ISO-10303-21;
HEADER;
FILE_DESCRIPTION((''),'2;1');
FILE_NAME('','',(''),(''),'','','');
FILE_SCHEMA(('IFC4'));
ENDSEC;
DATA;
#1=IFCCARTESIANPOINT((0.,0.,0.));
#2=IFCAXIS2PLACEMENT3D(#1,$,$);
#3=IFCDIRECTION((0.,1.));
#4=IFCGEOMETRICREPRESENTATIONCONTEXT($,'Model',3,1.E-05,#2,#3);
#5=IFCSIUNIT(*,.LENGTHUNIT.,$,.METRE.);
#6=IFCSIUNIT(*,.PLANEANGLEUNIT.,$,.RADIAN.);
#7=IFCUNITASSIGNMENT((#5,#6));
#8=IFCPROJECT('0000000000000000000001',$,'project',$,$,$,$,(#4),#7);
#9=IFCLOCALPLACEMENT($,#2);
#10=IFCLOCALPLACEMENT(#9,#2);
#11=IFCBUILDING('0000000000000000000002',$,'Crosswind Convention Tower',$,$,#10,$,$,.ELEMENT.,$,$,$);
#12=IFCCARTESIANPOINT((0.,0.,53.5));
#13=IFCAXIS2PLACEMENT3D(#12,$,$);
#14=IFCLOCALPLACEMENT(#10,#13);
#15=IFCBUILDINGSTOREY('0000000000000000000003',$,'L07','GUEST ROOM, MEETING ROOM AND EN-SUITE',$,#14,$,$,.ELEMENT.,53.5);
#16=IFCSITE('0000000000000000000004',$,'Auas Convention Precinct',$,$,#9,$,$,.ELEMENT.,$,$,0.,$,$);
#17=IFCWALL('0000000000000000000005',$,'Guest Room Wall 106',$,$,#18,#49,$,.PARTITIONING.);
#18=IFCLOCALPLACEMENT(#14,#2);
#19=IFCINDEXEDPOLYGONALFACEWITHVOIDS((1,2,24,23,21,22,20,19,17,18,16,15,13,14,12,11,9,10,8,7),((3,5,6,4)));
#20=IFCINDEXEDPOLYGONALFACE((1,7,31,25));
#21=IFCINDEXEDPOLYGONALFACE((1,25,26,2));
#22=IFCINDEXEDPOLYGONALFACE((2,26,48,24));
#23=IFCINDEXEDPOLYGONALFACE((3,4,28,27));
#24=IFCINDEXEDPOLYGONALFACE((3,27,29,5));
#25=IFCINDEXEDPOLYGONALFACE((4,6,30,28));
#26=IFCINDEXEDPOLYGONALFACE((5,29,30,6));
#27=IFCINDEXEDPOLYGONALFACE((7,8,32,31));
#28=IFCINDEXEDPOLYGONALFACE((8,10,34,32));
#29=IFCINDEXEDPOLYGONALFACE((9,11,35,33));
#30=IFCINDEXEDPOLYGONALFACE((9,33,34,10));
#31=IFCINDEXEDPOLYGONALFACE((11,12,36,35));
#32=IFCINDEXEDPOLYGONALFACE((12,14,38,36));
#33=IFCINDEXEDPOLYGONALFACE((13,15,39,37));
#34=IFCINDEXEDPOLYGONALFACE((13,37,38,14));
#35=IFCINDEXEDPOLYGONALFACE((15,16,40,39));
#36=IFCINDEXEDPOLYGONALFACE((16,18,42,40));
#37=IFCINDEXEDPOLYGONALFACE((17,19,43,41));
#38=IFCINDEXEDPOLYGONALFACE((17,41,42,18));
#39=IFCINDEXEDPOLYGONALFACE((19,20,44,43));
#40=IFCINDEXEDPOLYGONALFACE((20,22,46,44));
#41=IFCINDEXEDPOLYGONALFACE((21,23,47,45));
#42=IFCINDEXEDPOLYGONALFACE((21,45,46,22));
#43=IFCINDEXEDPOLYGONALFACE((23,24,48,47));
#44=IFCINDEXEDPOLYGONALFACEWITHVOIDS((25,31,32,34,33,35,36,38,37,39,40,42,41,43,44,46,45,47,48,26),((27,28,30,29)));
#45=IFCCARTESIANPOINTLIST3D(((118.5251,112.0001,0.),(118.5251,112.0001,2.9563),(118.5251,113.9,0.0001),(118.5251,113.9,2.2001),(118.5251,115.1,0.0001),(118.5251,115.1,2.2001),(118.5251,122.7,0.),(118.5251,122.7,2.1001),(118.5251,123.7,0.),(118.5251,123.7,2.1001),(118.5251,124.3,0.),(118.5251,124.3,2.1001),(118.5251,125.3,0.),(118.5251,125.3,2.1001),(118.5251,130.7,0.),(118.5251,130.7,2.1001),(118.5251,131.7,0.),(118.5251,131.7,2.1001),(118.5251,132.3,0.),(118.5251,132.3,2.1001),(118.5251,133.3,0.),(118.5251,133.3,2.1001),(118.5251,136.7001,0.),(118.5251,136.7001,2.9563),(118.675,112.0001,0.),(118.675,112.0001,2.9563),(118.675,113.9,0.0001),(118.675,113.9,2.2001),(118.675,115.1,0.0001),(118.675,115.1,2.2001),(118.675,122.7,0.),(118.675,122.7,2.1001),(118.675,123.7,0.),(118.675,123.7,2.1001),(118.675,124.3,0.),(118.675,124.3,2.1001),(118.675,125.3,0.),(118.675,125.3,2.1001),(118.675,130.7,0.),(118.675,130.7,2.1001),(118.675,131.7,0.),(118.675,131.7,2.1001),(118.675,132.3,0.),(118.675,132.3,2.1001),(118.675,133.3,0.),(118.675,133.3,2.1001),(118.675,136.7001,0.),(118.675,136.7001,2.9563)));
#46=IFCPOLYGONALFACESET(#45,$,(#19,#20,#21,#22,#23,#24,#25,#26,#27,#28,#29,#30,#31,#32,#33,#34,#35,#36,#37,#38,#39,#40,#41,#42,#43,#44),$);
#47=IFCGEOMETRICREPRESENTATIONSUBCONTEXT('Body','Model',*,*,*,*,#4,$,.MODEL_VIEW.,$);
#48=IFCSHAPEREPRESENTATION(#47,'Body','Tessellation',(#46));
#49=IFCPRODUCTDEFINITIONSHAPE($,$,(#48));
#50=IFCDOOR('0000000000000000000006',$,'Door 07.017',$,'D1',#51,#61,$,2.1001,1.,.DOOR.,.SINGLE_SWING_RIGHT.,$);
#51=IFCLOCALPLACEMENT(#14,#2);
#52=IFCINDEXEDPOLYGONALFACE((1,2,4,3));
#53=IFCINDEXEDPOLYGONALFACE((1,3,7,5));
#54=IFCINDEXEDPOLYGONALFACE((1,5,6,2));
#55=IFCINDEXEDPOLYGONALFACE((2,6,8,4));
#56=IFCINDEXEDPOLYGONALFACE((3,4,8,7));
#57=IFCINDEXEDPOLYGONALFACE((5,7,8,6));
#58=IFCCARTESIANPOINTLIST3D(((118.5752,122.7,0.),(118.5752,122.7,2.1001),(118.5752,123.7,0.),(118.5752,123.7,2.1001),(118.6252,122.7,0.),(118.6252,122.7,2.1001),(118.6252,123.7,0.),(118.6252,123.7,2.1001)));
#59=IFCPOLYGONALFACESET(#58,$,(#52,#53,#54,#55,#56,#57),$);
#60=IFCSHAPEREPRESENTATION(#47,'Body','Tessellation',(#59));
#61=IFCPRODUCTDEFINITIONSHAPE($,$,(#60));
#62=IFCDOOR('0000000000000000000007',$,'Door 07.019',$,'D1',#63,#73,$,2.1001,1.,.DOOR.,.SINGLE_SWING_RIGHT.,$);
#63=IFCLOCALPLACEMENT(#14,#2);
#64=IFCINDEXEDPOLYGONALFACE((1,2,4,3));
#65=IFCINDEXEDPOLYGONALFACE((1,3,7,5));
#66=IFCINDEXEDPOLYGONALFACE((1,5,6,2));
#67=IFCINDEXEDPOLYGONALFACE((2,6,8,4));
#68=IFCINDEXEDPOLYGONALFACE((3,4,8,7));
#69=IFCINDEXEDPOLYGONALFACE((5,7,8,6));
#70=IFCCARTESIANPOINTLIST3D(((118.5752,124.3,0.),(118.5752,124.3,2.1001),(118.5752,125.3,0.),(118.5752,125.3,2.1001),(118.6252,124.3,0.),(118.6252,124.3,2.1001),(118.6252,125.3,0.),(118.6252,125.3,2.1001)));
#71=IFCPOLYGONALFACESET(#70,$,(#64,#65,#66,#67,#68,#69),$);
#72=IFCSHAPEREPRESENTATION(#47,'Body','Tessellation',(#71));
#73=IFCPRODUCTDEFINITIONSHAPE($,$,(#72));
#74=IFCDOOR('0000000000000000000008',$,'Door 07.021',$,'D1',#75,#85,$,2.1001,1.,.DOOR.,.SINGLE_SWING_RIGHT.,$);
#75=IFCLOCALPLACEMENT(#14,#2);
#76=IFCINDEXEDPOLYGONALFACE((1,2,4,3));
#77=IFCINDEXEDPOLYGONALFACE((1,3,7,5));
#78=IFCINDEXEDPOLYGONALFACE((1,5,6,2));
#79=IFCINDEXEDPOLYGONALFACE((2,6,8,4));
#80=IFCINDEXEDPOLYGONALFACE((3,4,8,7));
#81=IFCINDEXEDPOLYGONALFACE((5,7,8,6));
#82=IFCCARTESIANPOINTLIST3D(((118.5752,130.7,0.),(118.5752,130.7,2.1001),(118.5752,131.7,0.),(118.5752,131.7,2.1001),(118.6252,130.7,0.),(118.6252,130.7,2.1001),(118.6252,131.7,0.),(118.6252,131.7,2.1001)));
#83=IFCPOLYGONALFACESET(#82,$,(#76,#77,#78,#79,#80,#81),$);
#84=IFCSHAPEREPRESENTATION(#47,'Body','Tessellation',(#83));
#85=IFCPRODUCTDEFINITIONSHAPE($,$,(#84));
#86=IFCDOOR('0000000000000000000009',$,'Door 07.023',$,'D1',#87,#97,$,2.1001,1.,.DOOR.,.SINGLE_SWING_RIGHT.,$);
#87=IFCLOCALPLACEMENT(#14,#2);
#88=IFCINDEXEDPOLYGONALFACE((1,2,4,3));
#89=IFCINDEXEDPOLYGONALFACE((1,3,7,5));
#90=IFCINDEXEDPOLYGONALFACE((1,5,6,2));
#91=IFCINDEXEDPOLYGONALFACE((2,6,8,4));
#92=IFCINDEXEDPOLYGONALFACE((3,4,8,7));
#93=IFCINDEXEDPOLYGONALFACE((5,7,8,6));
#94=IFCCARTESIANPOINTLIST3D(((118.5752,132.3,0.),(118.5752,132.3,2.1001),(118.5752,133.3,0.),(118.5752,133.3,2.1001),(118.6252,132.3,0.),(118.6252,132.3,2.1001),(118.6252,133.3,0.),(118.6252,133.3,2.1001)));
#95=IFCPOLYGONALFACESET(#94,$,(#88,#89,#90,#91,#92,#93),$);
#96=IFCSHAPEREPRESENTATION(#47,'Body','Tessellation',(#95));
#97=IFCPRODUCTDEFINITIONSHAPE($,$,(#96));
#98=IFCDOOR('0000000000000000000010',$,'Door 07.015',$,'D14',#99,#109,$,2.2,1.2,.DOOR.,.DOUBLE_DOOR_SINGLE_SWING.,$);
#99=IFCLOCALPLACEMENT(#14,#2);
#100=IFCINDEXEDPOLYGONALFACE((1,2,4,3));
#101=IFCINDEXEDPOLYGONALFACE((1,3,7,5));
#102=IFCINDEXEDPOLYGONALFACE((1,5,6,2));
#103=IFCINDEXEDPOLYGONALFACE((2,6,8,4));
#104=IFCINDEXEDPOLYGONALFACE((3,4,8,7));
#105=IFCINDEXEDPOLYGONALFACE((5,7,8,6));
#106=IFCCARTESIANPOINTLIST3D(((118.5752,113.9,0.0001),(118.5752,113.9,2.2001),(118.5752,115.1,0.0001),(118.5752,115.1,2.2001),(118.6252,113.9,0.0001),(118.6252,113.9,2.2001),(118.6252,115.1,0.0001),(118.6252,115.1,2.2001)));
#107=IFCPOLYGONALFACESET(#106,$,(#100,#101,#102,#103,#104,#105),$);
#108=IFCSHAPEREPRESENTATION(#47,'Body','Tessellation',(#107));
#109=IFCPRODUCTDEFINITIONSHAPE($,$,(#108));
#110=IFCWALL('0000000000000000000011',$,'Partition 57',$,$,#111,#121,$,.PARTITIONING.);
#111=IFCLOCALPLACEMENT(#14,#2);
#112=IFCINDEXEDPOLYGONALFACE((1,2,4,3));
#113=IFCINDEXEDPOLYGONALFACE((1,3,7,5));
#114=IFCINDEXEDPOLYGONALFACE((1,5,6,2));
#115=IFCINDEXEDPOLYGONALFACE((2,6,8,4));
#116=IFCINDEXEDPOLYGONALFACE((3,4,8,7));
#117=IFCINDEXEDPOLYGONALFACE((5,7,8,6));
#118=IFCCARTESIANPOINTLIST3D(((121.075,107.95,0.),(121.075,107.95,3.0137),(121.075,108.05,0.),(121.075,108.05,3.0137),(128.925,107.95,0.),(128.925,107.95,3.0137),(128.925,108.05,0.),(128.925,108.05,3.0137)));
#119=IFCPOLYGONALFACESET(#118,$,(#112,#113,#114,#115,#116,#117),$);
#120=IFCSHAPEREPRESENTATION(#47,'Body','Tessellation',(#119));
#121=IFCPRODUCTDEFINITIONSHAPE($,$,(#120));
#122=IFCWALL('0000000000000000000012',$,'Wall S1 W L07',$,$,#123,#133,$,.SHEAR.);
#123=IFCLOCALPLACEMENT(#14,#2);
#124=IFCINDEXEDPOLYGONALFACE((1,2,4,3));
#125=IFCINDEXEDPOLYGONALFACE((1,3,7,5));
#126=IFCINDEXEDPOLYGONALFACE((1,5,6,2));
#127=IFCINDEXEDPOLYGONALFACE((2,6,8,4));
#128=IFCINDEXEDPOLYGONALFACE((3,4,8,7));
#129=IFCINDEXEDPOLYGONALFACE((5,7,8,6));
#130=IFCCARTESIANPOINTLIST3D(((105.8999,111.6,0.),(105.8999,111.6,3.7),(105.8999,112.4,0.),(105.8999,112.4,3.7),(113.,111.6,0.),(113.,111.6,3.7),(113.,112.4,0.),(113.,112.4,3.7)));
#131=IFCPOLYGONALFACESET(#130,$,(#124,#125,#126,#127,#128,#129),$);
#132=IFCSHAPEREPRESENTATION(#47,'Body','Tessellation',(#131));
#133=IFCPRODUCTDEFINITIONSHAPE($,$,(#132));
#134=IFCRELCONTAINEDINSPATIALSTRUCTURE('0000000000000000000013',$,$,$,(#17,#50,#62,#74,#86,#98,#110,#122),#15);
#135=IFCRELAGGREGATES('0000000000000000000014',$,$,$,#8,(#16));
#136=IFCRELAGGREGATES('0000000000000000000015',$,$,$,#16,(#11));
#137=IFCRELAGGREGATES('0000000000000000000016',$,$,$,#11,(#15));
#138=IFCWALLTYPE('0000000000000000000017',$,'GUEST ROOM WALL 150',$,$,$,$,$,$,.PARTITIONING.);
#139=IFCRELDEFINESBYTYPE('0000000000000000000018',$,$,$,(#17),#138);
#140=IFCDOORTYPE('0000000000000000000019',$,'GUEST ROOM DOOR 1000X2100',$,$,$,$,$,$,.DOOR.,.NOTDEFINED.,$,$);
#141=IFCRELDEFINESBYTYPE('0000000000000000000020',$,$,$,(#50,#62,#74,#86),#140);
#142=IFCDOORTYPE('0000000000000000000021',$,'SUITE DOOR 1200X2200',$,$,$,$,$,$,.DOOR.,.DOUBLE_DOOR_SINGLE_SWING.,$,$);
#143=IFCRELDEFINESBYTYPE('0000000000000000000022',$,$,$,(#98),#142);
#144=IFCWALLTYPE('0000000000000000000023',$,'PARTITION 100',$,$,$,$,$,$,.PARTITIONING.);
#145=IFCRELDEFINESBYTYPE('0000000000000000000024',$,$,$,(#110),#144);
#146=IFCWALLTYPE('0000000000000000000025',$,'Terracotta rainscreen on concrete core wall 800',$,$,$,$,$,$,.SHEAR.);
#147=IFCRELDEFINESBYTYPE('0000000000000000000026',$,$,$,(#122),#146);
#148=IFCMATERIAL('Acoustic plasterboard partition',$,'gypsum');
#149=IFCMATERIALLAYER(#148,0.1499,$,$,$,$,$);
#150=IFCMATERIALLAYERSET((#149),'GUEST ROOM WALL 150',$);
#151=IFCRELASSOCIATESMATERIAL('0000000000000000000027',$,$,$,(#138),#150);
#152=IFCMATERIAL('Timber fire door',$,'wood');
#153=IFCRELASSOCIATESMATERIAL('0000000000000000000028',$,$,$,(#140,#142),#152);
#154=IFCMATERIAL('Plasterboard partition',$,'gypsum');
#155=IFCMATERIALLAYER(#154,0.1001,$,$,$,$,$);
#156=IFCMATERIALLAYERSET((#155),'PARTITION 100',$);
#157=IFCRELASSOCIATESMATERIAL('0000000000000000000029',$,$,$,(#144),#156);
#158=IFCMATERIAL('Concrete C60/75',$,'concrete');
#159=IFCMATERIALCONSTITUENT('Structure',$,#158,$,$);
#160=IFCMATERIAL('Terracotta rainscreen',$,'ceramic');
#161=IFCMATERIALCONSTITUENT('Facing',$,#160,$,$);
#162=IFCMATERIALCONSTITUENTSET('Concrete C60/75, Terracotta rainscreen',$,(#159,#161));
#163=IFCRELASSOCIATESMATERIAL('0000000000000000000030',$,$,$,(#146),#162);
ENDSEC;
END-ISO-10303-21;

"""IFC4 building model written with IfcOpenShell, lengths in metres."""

from ifc_helpers import new_model, si_unit, direction, frame, frame_2d, origin, place, context, subcontext, project, spatial, rectangle, extrude, material, layer, layer_set, constituent, constituent_set, type_object, element, fill, save


model = new_model("IFC4")

# Units and contexts
model_context = context("Model", 3, precision=1e-05, world=origin(), true_north=direction((0.0, 1.0)))
body_context = subcontext(model_context, "Body", "Model", "MODEL_VIEW")
ifc_project = project(units=[si_unit("LENGTHUNIT", "METRE"), si_unit("PLANEANGLEUNIT", "RADIAN")], contexts=[model_context])

# Site, building, storey
site_placement = place(None, origin())
site = spatial("IfcSite", under=ifc_project, at=site_placement, Name="Auas Convention Precinct", CompositionType="ELEMENT", RefElevation=0.0)
building_placement = place(site_placement, origin())
building = spatial("IfcBuilding", under=site, at=building_placement, Name="Crosswind Convention Tower", CompositionType="ELEMENT")
storey_placement = place(building_placement, frame((0.0, 0.0, 53.5)))
storey = spatial("IfcBuildingStorey", under=building, at=storey_placement, Name="L07", Description="GUEST ROOM, MEETING ROOM AND EN-SUITE", CompositionType="ELEMENT", Elevation=53.5)

# Shared definitions
ifc_material_1 = material(Name="Plasterboard partition", Category="gypsum")

# Shared definitions
ifc_material_2 = material(Name="Timber fire door", Category="wood")

# Shared definitions
ifc_material_3 = material(Name="Acoustic plasterboard partition", Category="gypsum")
ifc_layer_1 = layer(ifc_material_3, 0.1499)
ifc_layer_set_1 = layer_set([ifc_layer_1], Name="GUEST ROOM WALL 150")
wall_type_1 = type_object("IfcWallType", Name="GUEST ROOM WALL 150", PredefinedType="PARTITIONING", material=ifc_layer_set_1)

# Wall, openings, doors
wall_1_placement = place(storey_placement, frame((118.6001, 112.0, 0.0), z_axis=(0.0, 0.0, 1.0), x_axis=(0.0, 1.0, 0.0)))
wall_1 = element("IfcWall", 1, at=wall_1_placement, inside=storey, type_object=wall_type_1, Name="Guest Room Wall 106", PredefinedType="PARTITIONING", context=body_context, shape_type="SweptSolid", body=[
    extrude(rectangle(XDim=24.7, YDim=0.1499, at=frame_2d((12.3501, 0.0))), origin(), (0.0, 0.0, 1.0), 2.9563),
])
opening_1_placement = place(wall_1_placement, frame((1.8999, 0.0, 0.0)))
opening_1 = element("IfcOpeningElement", 2, at=opening_1_placement, cuts=wall_1, PredefinedType="OPENING", context=body_context, shape_type="SweptSolid", body=[
    extrude(rectangle(XDim=1.2, YDim=2.2, at=frame_2d((0.6001, 1.1001))), frame((0.0, 0.085, 0.0), z_axis=(0.0, -1.0, 0.0), x_axis=(1.0, 0.0, 0.0)), (0.0, 0.0, 1.0), 0.1699),
])
opening_2_placement = place(wall_1_placement, frame((10.7, 0.0, 0.0)))
opening_2 = element("IfcOpeningElement", 3, at=opening_2_placement, cuts=wall_1, PredefinedType="OPENING", context=body_context, shape_type="SweptSolid", body=[
    extrude(rectangle(XDim=1.0, YDim=2.1001, at=frame_2d((0.5, 1.05))), frame((0.0, 0.085, 0.0), z_axis=(0.0, -1.0, 0.0), x_axis=(1.0, 0.0, 0.0)), (0.0, 0.0, 1.0), 0.1699),
])
opening_3_placement = place(wall_1_placement, frame((12.3, 0.0, 0.0)))
opening_3 = element("IfcOpeningElement", 4, at=opening_3_placement, cuts=wall_1, PredefinedType="OPENING", context=body_context, shape_type="SweptSolid", body=[
    extrude(rectangle(XDim=1.0, YDim=2.1001, at=frame_2d((0.5, 1.05))), frame((0.0, 0.085, 0.0), z_axis=(0.0, -1.0, 0.0), x_axis=(1.0, 0.0, 0.0)), (0.0, 0.0, 1.0), 0.1699),
])
opening_4_placement = place(wall_1_placement, frame((18.7, 0.0, 0.0)))
opening_4 = element("IfcOpeningElement", 5, at=opening_4_placement, cuts=wall_1, PredefinedType="OPENING", context=body_context, shape_type="SweptSolid", body=[
    extrude(rectangle(XDim=1.0, YDim=2.1001, at=frame_2d((0.5, 1.05))), frame((0.0, 0.085, 0.0), z_axis=(0.0, -1.0, 0.0), x_axis=(1.0, 0.0, 0.0)), (0.0, 0.0, 1.0), 0.1699),
])
opening_5_placement = place(wall_1_placement, frame((20.3, 0.0, 0.0)))
opening_5 = element("IfcOpeningElement", 6, at=opening_5_placement, cuts=wall_1, PredefinedType="OPENING", context=body_context, shape_type="SweptSolid", body=[
    extrude(rectangle(XDim=1.0, YDim=2.1001, at=frame_2d((0.5, 1.05))), frame((0.0, 0.085, 0.0), z_axis=(0.0, -1.0, 0.0), x_axis=(1.0, 0.0, 0.0)), (0.0, 0.0, 1.0), 0.1699),
])
door_type_1 = type_object("IfcDoorType", Name="GUEST ROOM DOOR 1000X2100", OperationType="NOTDEFINED", PredefinedType="DOOR", material=ifc_material_2)
door_1_placement = place(opening_2_placement, origin())
door_1 = element("IfcDoor", 7, at=door_1_placement, inside=storey, type_object=door_type_1, Name="Door 07.017", ObjectType="D1", OperationType="SINGLE_SWING_RIGHT", OverallHeight=2.1001, OverallWidth=1.0, PredefinedType="DOOR", context=body_context, shape_type="SweptSolid", body=[
    extrude(rectangle(XDim=1.0, YDim=2.1001, at=frame_2d((0.5, 1.05))), frame((0.0, 0.0249, 0.0), z_axis=(0.0, -1.0, 0.0), x_axis=(1.0, 0.0, 0.0)), (0.0, 0.0, 1.0), 0.05),
])
fill(opening_2, door_1)
door_2_placement = place(opening_3_placement, origin())
door_2 = element("IfcDoor", 8, at=door_2_placement, inside=storey, type_object=door_type_1, Name="Door 07.019", ObjectType="D1", OperationType="SINGLE_SWING_RIGHT", OverallHeight=2.1001, OverallWidth=1.0, PredefinedType="DOOR", context=body_context, shape_type="SweptSolid", body=[
    extrude(rectangle(XDim=1.0, YDim=2.1001, at=frame_2d((0.5, 1.05))), frame((0.0, 0.0249, 0.0), z_axis=(0.0, -1.0, 0.0), x_axis=(1.0, 0.0, 0.0)), (0.0, 0.0, 1.0), 0.05),
])
fill(opening_3, door_2)
door_3_placement = place(opening_4_placement, origin())
door_3 = element("IfcDoor", 9, at=door_3_placement, inside=storey, type_object=door_type_1, Name="Door 07.021", ObjectType="D1", OperationType="SINGLE_SWING_RIGHT", OverallHeight=2.1001, OverallWidth=1.0, PredefinedType="DOOR", context=body_context, shape_type="SweptSolid", body=[
    extrude(rectangle(XDim=1.0, YDim=2.1001, at=frame_2d((0.5, 1.05))), frame((0.0, 0.0249, 0.0), z_axis=(0.0, -1.0, 0.0), x_axis=(1.0, 0.0, 0.0)), (0.0, 0.0, 1.0), 0.05),
])
fill(opening_4, door_3)
door_4_placement = place(opening_5_placement, origin())
door_4 = element("IfcDoor", 10, at=door_4_placement, inside=storey, type_object=door_type_1, Name="Door 07.023", ObjectType="D1", OperationType="SINGLE_SWING_RIGHT", OverallHeight=2.1001, OverallWidth=1.0, PredefinedType="DOOR", context=body_context, shape_type="SweptSolid", body=[
    extrude(rectangle(XDim=1.0, YDim=2.1001, at=frame_2d((0.5, 1.05))), frame((0.0, 0.0249, 0.0), z_axis=(0.0, -1.0, 0.0), x_axis=(1.0, 0.0, 0.0)), (0.0, 0.0, 1.0), 0.05),
])
fill(opening_5, door_4)
door_type_2 = type_object("IfcDoorType", Name="SUITE DOOR 1200X2200", OperationType="DOUBLE_DOOR_SINGLE_SWING", PredefinedType="DOOR", material=ifc_material_2)
door_5_placement = place(opening_1_placement, origin())
door_5 = element("IfcDoor", 11, at=door_5_placement, inside=storey, type_object=door_type_2, Name="Door 07.015", ObjectType="D14", OperationType="DOUBLE_DOOR_SINGLE_SWING", OverallHeight=2.2, OverallWidth=1.2, PredefinedType="DOOR", context=body_context, shape_type="SweptSolid", body=[
    extrude(rectangle(XDim=1.2, YDim=2.2, at=frame_2d((0.6001, 1.1001))), frame((0.0, 0.0249, 0.0), z_axis=(0.0, -1.0, 0.0), x_axis=(1.0, 0.0, 0.0)), (0.0, 0.0, 1.0), 0.05),
])
fill(opening_1, door_5)

# Walls
ifc_layer_2 = layer(ifc_material_1, 0.1001)
ifc_layer_set_2 = layer_set([ifc_layer_2], Name="PARTITION 100")
wall_type_2 = type_object("IfcWallType", Name="PARTITION 100", PredefinedType="PARTITIONING", material=ifc_layer_set_2)
wall_2_placement = place(storey_placement, frame((121.075, 108.0, 0.0), z_axis=(0.0, 0.0, 1.0), x_axis=(1.0, 0.0, 0.0)))
element("IfcWall", 12, at=wall_2_placement, inside=storey, type_object=wall_type_2, Name="Partition 57", PredefinedType="PARTITIONING", context=body_context, shape_type="SweptSolid", body=[
    extrude(rectangle(XDim=7.8501, YDim=0.1001, at=frame_2d((3.925, 0.0))), origin(), (0.0, 0.0, 1.0), 3.0137),
])
ifc_material_4 = material(Name="Concrete C60/75", Category="concrete")
ifc_constituent_1 = constituent(ifc_material_4, Name="Structure")
ifc_material_5 = material(Name="Terracotta rainscreen", Category="ceramic")
ifc_constituent_2 = constituent(ifc_material_5, Name="Facing")
ifc_constituent_set = constituent_set(constituents=[ifc_constituent_1, ifc_constituent_2], Name="Concrete C60/75, Terracotta rainscreen")
wall_type_3 = type_object("IfcWallType", Name="Terracotta rainscreen on concrete core wall 800", PredefinedType="SHEAR", material=ifc_constituent_set)
wall_3_placement = place(storey_placement, frame((113.0, 112.0, 0.0), z_axis=(0.0, 0.0, 1.0), x_axis=(-1.0, 0.0, 0.0)))
element("IfcWall", 13, at=wall_3_placement, inside=storey, type_object=wall_type_3, Name="Wall S1 W L07", PredefinedType="SHEAR", context=body_context, shape_type="SweptSolid", body=[
    extrude(rectangle(XDim=7.1001, YDim=0.8, at=frame_2d((3.55, 0.0))), origin(), (0.0, 0.0, 1.0), 3.7),
])

save(model, "model.ifc")
